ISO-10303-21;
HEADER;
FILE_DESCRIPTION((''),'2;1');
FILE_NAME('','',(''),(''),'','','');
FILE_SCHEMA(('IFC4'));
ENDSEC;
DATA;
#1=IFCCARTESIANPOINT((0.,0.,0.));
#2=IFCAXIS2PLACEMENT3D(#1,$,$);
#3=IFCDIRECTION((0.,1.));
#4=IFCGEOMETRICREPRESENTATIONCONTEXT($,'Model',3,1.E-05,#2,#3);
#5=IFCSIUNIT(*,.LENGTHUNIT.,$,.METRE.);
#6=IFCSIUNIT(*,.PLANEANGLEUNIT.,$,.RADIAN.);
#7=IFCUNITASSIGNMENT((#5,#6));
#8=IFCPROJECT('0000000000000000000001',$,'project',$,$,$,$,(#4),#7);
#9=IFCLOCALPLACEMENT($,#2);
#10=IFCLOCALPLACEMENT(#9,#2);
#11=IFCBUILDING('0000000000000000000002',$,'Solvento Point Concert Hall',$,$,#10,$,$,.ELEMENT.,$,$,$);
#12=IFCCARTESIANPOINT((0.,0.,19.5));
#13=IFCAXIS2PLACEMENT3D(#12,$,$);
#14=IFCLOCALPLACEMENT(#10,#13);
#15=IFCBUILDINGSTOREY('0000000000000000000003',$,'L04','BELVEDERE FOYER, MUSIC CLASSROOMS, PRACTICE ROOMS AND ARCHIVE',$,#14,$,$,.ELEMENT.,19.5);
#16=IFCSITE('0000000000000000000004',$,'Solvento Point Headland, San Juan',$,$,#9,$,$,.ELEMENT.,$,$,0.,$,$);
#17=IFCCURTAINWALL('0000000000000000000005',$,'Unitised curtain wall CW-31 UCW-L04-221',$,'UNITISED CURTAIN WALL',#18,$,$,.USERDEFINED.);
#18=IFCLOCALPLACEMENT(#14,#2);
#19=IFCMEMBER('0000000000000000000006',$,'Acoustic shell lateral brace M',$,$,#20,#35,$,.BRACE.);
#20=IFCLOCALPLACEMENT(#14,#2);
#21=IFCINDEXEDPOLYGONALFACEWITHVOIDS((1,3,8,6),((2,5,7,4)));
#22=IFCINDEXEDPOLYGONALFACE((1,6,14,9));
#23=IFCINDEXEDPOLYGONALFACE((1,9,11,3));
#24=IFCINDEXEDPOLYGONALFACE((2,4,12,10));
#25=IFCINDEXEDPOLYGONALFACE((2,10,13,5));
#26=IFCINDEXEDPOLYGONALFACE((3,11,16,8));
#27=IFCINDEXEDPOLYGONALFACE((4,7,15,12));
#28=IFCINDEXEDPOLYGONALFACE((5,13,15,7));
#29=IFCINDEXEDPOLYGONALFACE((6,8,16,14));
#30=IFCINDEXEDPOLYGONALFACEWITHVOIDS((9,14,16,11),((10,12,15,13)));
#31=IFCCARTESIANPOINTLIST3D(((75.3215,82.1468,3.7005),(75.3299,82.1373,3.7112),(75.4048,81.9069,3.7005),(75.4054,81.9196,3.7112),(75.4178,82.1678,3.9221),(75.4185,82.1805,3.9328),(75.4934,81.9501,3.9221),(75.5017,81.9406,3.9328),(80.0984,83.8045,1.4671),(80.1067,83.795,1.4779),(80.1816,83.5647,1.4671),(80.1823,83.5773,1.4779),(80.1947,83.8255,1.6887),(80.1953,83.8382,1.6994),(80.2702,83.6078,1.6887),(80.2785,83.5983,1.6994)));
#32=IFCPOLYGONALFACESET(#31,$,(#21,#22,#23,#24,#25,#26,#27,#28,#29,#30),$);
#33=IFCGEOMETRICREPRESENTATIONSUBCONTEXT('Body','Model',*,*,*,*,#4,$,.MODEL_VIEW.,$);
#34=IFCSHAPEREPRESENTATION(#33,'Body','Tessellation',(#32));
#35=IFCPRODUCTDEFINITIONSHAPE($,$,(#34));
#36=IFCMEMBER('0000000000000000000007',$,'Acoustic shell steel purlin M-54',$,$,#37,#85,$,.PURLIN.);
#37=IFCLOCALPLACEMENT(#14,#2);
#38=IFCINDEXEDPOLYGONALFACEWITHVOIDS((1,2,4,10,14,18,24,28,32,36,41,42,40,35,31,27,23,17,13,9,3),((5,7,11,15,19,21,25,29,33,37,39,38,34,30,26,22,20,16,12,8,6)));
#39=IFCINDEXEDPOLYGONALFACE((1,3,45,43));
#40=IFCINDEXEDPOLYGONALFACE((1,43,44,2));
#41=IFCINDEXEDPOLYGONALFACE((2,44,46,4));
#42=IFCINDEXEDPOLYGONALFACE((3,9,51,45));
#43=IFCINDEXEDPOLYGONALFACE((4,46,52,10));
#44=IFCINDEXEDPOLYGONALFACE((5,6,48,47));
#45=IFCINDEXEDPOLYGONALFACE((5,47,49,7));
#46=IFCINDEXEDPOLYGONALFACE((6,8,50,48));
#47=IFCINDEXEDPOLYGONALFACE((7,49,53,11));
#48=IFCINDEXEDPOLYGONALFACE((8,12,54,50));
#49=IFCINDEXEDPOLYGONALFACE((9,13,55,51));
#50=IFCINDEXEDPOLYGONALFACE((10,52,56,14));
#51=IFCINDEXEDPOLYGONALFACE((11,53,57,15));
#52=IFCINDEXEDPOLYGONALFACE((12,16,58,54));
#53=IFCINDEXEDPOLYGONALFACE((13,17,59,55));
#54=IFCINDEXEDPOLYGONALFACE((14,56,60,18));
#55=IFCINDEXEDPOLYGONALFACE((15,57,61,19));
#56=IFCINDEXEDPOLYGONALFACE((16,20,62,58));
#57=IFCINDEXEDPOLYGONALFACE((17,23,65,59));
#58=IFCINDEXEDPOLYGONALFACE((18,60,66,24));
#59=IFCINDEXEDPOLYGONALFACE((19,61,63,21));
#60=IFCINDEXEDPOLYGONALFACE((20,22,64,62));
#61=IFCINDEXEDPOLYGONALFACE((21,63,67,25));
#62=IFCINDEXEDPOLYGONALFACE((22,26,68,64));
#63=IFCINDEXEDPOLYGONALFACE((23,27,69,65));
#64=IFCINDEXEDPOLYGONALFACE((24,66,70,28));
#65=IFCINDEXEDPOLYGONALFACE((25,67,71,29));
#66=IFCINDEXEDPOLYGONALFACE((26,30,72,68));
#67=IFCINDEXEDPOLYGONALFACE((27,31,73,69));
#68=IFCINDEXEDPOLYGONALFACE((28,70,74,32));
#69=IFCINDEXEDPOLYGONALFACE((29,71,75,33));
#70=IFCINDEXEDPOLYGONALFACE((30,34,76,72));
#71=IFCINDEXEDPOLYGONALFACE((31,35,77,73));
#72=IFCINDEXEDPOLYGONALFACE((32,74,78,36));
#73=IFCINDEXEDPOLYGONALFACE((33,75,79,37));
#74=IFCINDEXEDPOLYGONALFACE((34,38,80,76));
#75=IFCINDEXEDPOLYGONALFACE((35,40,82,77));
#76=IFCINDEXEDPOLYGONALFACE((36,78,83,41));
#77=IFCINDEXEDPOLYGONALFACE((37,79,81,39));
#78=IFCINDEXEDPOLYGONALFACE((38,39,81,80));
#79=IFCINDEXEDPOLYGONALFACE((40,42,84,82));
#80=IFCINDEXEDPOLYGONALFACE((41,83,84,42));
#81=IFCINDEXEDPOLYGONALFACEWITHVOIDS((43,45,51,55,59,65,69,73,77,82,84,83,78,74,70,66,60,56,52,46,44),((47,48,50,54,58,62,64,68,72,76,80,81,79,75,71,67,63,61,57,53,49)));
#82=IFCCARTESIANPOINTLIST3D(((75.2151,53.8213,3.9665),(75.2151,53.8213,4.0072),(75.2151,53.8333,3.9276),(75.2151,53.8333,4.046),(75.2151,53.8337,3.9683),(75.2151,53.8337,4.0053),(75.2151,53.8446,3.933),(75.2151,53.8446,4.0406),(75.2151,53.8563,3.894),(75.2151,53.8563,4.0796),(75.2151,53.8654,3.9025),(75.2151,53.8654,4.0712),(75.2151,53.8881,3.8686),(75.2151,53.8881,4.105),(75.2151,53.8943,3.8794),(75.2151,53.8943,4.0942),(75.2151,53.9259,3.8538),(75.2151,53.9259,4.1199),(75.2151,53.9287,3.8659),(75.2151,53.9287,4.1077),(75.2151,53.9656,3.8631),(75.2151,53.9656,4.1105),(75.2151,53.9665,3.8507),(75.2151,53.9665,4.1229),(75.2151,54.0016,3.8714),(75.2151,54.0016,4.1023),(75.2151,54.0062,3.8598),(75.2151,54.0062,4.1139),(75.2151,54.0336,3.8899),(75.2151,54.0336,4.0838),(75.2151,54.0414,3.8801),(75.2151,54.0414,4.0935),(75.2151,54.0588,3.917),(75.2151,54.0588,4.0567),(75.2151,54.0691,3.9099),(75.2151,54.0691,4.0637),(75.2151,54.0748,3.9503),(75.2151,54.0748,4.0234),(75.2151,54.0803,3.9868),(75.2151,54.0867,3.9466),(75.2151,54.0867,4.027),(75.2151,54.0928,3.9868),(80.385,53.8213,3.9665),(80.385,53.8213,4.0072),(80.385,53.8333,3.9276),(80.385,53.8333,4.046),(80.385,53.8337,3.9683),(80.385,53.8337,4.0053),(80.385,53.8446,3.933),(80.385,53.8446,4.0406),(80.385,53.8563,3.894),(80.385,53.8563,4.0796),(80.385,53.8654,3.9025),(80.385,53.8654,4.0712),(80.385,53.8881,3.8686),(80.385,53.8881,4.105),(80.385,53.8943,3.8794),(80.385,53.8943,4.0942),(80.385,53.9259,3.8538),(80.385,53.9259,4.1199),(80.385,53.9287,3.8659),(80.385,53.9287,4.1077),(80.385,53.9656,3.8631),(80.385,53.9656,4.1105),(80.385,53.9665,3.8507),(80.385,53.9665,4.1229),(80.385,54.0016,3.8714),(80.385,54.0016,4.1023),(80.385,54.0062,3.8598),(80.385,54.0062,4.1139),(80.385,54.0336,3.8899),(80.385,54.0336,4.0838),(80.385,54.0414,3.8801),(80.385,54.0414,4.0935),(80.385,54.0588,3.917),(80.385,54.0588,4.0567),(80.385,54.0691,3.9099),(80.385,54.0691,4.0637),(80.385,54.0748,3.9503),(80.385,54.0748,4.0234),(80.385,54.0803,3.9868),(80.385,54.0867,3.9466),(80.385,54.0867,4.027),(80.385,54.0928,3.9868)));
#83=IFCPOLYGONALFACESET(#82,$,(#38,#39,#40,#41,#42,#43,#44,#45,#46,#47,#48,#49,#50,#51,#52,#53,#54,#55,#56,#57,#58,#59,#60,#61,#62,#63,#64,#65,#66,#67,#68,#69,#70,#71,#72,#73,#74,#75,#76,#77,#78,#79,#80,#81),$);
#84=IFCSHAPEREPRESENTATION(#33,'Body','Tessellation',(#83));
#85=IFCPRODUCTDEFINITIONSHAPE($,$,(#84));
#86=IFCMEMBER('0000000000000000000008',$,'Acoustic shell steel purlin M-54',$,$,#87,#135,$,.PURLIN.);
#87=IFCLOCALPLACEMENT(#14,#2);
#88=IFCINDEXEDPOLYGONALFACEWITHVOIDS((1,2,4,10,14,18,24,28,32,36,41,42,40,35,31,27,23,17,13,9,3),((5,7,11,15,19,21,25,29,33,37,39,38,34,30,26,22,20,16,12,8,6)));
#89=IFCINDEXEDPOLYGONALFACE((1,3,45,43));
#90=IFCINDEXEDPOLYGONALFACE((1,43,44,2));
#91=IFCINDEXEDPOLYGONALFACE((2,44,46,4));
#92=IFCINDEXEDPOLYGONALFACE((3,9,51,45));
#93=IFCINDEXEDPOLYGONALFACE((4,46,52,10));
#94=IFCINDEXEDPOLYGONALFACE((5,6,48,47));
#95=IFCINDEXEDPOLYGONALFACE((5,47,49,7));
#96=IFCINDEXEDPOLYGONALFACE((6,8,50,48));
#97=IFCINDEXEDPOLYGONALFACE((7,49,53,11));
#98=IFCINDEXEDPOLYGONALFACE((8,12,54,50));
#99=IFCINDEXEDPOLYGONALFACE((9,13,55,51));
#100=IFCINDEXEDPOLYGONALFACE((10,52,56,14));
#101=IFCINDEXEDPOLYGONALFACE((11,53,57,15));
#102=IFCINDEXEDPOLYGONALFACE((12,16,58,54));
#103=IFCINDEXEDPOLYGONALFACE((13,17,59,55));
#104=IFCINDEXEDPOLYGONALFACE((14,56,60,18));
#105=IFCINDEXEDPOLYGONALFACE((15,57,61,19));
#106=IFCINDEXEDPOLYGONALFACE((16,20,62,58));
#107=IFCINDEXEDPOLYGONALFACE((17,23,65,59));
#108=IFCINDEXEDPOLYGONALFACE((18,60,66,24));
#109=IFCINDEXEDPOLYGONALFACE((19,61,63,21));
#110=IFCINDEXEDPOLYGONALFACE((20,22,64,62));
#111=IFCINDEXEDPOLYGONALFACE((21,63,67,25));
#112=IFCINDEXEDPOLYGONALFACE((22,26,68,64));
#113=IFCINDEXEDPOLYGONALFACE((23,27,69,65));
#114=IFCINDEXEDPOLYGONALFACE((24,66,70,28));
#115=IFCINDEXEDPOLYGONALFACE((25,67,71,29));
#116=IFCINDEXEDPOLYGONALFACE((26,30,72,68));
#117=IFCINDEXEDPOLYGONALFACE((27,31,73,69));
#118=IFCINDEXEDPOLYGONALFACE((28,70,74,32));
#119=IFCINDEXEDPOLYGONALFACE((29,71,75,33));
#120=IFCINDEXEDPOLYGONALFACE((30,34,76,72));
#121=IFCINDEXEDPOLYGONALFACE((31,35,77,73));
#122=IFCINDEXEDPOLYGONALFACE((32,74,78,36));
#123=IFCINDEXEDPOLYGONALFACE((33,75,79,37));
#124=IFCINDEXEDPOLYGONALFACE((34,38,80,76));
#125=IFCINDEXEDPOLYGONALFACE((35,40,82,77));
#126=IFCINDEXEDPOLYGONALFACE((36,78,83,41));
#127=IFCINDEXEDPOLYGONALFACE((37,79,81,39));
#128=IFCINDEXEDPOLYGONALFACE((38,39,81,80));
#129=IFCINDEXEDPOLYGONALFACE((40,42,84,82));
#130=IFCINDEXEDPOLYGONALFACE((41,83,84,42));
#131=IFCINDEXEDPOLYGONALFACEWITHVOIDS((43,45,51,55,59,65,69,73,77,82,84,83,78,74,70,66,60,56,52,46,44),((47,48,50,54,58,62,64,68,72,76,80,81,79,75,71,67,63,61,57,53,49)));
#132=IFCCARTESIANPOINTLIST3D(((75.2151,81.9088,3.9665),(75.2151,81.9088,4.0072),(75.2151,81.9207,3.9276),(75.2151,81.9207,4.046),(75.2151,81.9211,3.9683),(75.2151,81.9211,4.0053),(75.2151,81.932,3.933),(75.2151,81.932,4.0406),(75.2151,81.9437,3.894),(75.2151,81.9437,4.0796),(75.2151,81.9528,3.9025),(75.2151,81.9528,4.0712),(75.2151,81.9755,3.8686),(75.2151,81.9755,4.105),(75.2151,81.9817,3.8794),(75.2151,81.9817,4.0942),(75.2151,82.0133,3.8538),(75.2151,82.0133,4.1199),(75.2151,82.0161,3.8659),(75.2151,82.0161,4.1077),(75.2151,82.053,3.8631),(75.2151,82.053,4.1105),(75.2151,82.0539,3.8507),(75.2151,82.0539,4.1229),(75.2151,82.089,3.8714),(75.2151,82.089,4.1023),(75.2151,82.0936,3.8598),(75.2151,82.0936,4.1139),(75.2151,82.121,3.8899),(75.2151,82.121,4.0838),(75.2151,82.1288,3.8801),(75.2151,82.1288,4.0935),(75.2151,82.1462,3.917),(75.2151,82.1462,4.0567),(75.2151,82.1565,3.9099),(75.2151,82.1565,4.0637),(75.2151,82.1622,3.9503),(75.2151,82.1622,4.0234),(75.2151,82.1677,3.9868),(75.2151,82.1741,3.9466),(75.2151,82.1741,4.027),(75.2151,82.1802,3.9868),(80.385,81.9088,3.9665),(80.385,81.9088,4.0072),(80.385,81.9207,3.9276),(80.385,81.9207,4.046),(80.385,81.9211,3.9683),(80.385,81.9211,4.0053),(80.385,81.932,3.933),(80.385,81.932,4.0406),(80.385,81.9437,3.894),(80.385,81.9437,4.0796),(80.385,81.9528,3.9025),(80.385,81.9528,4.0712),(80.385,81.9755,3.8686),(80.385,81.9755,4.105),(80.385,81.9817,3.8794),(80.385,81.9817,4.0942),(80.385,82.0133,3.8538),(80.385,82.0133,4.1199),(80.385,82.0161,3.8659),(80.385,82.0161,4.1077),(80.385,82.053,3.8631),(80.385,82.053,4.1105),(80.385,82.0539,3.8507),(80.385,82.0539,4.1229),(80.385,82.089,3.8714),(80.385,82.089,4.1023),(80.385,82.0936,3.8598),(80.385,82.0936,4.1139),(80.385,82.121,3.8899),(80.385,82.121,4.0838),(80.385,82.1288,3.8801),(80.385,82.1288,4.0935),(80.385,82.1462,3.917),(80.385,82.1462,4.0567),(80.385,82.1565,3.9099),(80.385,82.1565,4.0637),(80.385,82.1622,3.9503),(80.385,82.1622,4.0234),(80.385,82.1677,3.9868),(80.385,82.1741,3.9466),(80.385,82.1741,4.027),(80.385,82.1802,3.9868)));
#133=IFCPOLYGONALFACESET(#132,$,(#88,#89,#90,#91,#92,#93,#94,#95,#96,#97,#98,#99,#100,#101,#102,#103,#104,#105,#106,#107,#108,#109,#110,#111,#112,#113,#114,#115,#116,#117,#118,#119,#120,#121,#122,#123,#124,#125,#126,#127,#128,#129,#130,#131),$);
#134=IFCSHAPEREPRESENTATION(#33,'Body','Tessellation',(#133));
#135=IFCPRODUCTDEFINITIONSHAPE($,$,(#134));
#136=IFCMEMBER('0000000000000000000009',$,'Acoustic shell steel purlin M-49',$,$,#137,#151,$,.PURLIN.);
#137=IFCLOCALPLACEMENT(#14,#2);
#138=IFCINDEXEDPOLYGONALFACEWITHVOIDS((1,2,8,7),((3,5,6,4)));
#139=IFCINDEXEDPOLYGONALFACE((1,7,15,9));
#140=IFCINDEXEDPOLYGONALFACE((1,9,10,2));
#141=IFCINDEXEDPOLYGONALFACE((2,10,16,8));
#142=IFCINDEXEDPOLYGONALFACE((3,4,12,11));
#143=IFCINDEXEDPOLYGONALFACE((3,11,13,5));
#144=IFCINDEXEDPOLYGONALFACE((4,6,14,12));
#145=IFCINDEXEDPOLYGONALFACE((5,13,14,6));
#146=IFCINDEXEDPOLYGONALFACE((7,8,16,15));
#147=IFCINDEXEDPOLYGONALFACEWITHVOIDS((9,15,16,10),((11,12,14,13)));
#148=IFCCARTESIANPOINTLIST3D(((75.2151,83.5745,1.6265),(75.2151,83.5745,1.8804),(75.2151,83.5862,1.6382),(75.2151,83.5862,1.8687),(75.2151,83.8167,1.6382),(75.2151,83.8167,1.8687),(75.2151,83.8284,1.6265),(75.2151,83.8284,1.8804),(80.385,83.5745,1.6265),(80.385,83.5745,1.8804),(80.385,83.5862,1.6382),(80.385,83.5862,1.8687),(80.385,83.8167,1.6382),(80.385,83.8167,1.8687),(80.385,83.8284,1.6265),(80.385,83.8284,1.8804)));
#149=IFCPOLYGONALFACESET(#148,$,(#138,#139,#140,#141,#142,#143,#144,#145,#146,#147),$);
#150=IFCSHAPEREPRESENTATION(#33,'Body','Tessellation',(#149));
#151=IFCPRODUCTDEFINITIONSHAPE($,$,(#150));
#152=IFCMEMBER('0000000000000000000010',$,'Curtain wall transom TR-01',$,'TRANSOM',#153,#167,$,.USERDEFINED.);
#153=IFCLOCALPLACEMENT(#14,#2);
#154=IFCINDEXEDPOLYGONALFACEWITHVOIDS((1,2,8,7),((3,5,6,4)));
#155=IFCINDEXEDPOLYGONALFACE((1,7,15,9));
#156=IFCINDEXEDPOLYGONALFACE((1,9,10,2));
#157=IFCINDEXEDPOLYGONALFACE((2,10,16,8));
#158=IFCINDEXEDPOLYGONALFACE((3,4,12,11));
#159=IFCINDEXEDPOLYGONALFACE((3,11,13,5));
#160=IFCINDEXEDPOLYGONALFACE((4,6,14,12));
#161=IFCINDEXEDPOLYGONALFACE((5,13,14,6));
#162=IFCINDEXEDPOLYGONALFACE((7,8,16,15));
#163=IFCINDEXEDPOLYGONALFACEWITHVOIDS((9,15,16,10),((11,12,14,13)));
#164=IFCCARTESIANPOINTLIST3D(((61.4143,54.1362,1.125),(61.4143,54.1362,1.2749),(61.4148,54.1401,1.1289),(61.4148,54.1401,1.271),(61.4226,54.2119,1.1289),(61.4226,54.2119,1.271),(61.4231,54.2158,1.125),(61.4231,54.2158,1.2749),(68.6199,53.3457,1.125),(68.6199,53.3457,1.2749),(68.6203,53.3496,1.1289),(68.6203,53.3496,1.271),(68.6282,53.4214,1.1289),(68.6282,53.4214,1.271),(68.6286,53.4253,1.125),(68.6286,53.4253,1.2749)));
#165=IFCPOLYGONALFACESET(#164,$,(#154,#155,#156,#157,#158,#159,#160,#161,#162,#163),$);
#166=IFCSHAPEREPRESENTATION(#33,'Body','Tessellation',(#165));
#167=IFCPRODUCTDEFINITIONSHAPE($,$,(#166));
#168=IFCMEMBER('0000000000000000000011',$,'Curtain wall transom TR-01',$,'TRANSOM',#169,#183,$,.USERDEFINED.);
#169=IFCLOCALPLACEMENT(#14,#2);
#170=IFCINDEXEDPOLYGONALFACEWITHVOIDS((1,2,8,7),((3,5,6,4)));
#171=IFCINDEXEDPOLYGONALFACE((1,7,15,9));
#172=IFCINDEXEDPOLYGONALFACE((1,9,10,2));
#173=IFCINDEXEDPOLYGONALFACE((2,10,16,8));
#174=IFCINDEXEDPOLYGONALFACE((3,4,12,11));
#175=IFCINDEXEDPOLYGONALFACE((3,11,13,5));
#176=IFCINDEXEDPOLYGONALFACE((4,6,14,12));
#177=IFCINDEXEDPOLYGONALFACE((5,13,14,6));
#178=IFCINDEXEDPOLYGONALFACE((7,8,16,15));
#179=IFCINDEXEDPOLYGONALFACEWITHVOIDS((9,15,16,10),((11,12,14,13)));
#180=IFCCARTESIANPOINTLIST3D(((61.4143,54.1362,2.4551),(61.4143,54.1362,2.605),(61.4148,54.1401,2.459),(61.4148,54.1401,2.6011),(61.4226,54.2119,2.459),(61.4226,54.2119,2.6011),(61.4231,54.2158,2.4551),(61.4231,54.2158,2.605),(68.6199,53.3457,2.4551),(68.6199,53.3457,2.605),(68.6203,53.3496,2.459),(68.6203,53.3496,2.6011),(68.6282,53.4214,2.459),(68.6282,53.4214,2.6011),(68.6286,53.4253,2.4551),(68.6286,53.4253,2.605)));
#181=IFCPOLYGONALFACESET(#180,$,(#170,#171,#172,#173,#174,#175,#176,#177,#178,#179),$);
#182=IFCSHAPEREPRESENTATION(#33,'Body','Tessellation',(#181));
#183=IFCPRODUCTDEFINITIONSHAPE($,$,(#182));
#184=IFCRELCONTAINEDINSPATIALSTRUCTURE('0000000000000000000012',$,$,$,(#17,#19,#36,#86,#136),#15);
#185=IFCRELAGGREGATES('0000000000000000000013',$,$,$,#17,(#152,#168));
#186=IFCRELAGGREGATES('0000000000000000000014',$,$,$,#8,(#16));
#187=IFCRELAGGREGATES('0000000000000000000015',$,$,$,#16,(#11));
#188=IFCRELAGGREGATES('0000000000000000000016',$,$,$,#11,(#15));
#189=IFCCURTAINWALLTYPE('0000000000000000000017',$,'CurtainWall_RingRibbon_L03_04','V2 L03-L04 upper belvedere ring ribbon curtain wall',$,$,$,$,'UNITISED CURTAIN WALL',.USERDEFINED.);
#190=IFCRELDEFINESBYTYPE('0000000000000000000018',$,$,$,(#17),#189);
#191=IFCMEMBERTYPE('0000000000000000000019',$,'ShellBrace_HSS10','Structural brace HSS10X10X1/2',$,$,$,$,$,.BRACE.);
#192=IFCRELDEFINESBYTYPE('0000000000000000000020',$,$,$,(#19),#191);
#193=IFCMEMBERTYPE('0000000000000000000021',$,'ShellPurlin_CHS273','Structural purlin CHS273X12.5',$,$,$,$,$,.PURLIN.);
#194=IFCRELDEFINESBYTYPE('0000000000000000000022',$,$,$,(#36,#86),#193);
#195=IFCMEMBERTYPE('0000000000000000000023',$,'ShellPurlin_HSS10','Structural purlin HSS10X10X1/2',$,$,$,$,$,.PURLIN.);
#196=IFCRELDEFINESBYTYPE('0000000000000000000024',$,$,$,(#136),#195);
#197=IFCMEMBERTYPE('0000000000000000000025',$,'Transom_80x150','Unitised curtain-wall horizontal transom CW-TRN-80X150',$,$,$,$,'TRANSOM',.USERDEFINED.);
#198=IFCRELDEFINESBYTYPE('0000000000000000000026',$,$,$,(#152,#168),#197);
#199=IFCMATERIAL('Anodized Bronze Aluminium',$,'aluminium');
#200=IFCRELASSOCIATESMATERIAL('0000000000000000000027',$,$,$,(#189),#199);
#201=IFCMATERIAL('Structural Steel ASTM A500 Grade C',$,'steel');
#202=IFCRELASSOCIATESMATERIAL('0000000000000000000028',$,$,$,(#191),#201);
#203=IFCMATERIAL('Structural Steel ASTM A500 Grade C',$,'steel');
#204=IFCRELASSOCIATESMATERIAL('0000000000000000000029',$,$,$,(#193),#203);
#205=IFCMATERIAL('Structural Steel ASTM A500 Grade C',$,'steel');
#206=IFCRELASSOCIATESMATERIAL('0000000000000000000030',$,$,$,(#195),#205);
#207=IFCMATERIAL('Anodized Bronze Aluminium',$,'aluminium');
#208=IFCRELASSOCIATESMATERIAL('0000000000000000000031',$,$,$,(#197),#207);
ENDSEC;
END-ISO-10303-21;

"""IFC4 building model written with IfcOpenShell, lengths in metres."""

from ifc_helpers import new_model, si_unit, direction, frame, origin, origin_2d, place, context, subcontext, project, spatial, hollow_rectangle, hollow_circle, extrude, material, material_profile, profile_set, type_object, element, aggregate, save


model = new_model("IFC4")

# Units and contexts
model_context = context("Model", 3, precision=1e-05, world=origin(), true_north=direction((0.0, 1.0)))
body_context = subcontext(model_context, "Body", "Model", "MODEL_VIEW")
ifc_project = project(units=[si_unit("LENGTHUNIT", "METRE"), si_unit("PLANEANGLEUNIT", "RADIAN")], contexts=[model_context])

# Site, building, storey
site_placement = place(None, origin())
site = spatial("IfcSite", under=ifc_project, at=site_placement, Name="Solvento Point Headland, San Juan", CompositionType="ELEMENT", RefElevation=0.0)
building_placement = place(site_placement, origin())
building = spatial("IfcBuilding", under=site, at=building_placement, Name="Solvento Point Concert Hall", CompositionType="ELEMENT")
storey_placement = place(building_placement, frame((0.0, 0.0, 19.5)))
storey = spatial("IfcBuildingStorey", under=building, at=storey_placement, Name="L04", Description="BELVEDERE FOYER, MUSIC CLASSROOMS, PRACTICE ROOMS AND ARCHIVE", CompositionType="ELEMENT", Elevation=19.5)

# Curtain wall
ifc_material_1 = material(Name="Anodized Bronze Aluminium", Category="aluminium")
curtain_wall_type = type_object("IfcCurtainWallType", Name="CurtainWall_RingRibbon_L03_04", Description="V2 L03-L04 upper belvedere ring ribbon curtain wall", ElementType="UNITISED CURTAIN WALL", PredefinedType="USERDEFINED", material=ifc_material_1)
curtain_wall_1_placement = place(storey_placement, origin())
curtain_wall_1 = element("IfcCurtainWall", 1, at=curtain_wall_1_placement, inside=storey, type_object=curtain_wall_type, Name="Unitised curtain wall CW-31 UCW-L04-221", ObjectType="UNITISED CURTAIN WALL", PredefinedType="USERDEFINED")

# Members
ifc_material_2 = material(Name="Structural Steel ASTM A500 Grade C", Category="steel")
ifc_material_profile_1 = material_profile(ifc_material_2, hollow_rectangle(XDim=0.2539, YDim=0.2539, WallThickness=0.0117, at=origin_2d()), Name="HSS10X10X1/2")
ifc_profile_set_1 = profile_set([ifc_material_profile_1], Name="Structural Steel ASTM A500 Grade C")
member_type_1 = type_object("IfcMemberType", Name="ShellBrace_HSS10", Description="Structural brace HSS10X10X1/2", PredefinedType="BRACE", material=ifc_profile_set_1)
member_1_placement = place(storey_placement, frame((75.4116, 82.0437, 3.8167), z_axis=(0.864182, 0.299897, -0.404044), x_axis=(-0.32785, 0.94473, 0.0)))
element("IfcMember", 2, at=member_1_placement, inside=storey, type_object=member_type_1, Name="Acoustic shell lateral brace M", PredefinedType="BRACE", context=body_context, shape_type="SweptSolid", body=[
    extrude(hollow_rectangle(XDim=0.2539, YDim=0.2539, WallThickness=0.0117, at=origin_2d()), origin(), (0.0, 0.0, 1.0), 5.5276),
])
ifc_material_3 = material(Name="Structural Steel ASTM A500 Grade C", Category="steel")
ifc_material_profile_2 = material_profile(ifc_material_3, hollow_circle(Radius=0.1365, WallThickness=0.0125, at=origin_2d()), Name="CHS273X12.5")
ifc_profile_set_2 = profile_set([ifc_material_profile_2], Name="Structural Steel ASTM A500 Grade C")
member_type_2 = type_object("IfcMemberType", Name="ShellPurlin_CHS273", Description="Structural purlin CHS273X12.5", PredefinedType="PURLIN", material=ifc_profile_set_2)
for number, where, z_axis, x_axis, name in (
    (3, (75.2151, 53.9563, 3.9868), (1.0, 0.0, 0.0), (0.0, 1.0, 0.0), "Acoustic shell steel purlin M-54"),
    (4, (75.2151, 82.0437, 3.9868), (1.0, 0.0, 0.0), (0.0, 1.0, 0.0), "Acoustic shell steel purlin M-54"),
):
    element("IfcMember", number, at=place(storey_placement, frame(where, z_axis=z_axis, x_axis=x_axis)), inside=storey, type_object=member_type_2, Name=name, PredefinedType="PURLIN", context=body_context, shape_type="SweptSolid", body=[
        extrude(hollow_circle(Radius=0.1365, WallThickness=0.0125, at=origin_2d()), origin(), (0.0, 0.0, 1.0), 5.1699),
    ])
ifc_material_4 = material(Name="Structural Steel ASTM A500 Grade C", Category="steel")
ifc_material_profile_3 = material_profile(ifc_material_4, hollow_rectangle(XDim=0.2539, YDim=0.2539, WallThickness=0.0117, at=origin_2d()), Name="HSS10X10X1/2")
ifc_profile_set_3 = profile_set([ifc_material_profile_3], Name="Structural Steel ASTM A500 Grade C")
member_type_3 = type_object("IfcMemberType", Name="ShellPurlin_HSS10", Description="Structural purlin HSS10X10X1/2", PredefinedType="PURLIN", material=ifc_profile_set_3)
member_2_placement = place(storey_placement, frame((75.2151, 83.7014, 1.7534), z_axis=(1.0, 0.0, 0.0), x_axis=(0.0, 1.0, 0.0)))
element("IfcMember", 5, at=member_2_placement, inside=storey, type_object=member_type_3, Name="Acoustic shell steel purlin M-49", PredefinedType="PURLIN", context=body_context, shape_type="SweptSolid", body=[
    extrude(hollow_rectangle(XDim=0.2539, YDim=0.2539, WallThickness=0.0117, at=origin_2d()), origin(), (0.0, 0.0, 1.0), 5.1699),
])

# Members
ifc_material_5 = material(Name="Anodized Bronze Aluminium", Category="aluminium")
ifc_material_profile_4 = material_profile(ifc_material_5, hollow_rectangle(XDim=0.0801, YDim=0.1499, WallThickness=0.0039, at=origin_2d()), Name="CW-TRN-80X150")
ifc_profile_set_4 = profile_set([ifc_material_profile_4], Name="Anodized Bronze Aluminium")
member_type_4 = type_object("IfcMemberType", Name="Transom_80x150", Description="Unitised curtain-wall horizontal transom CW-TRN-80X150", ElementType="TRANSOM", PredefinedType="USERDEFINED", material=ifc_profile_set_4)
member_3_placement = place(storey_placement, frame((61.4187, 54.176, 1.2), z_axis=(0.994036, -0.109056, 0.0), x_axis=(0.109056, 0.994036, 0.0)))
member_3 = element("IfcMember", 6, at=member_3_placement, type_object=member_type_4, Name="Curtain wall transom TR-01", ObjectType="TRANSOM", PredefinedType="USERDEFINED", context=body_context, shape_type="SweptSolid", body=[
    extrude(hollow_rectangle(XDim=0.0801, YDim=0.1499, WallThickness=0.0039, at=origin_2d()), origin(), (0.0, 0.0, 1.0), 7.2488),
])
member_4_placement = place(storey_placement, frame((61.4187, 54.176, 2.53), z_axis=(0.994036, -0.109056, 0.0), x_axis=(0.109056, 0.994036, 0.0)))
member_4 = element("IfcMember", 7, at=member_4_placement, type_object=member_type_4, Name="Curtain wall transom TR-01", ObjectType="TRANSOM", PredefinedType="USERDEFINED", context=body_context, shape_type="SweptSolid", body=[
    extrude(hollow_rectangle(XDim=0.0801, YDim=0.1499, WallThickness=0.0039, at=origin_2d()), origin(), (0.0, 0.0, 1.0), 7.2488),
])

aggregate(curtain_wall_1, [member_3, member_4])

save(model, "model.ifc")
